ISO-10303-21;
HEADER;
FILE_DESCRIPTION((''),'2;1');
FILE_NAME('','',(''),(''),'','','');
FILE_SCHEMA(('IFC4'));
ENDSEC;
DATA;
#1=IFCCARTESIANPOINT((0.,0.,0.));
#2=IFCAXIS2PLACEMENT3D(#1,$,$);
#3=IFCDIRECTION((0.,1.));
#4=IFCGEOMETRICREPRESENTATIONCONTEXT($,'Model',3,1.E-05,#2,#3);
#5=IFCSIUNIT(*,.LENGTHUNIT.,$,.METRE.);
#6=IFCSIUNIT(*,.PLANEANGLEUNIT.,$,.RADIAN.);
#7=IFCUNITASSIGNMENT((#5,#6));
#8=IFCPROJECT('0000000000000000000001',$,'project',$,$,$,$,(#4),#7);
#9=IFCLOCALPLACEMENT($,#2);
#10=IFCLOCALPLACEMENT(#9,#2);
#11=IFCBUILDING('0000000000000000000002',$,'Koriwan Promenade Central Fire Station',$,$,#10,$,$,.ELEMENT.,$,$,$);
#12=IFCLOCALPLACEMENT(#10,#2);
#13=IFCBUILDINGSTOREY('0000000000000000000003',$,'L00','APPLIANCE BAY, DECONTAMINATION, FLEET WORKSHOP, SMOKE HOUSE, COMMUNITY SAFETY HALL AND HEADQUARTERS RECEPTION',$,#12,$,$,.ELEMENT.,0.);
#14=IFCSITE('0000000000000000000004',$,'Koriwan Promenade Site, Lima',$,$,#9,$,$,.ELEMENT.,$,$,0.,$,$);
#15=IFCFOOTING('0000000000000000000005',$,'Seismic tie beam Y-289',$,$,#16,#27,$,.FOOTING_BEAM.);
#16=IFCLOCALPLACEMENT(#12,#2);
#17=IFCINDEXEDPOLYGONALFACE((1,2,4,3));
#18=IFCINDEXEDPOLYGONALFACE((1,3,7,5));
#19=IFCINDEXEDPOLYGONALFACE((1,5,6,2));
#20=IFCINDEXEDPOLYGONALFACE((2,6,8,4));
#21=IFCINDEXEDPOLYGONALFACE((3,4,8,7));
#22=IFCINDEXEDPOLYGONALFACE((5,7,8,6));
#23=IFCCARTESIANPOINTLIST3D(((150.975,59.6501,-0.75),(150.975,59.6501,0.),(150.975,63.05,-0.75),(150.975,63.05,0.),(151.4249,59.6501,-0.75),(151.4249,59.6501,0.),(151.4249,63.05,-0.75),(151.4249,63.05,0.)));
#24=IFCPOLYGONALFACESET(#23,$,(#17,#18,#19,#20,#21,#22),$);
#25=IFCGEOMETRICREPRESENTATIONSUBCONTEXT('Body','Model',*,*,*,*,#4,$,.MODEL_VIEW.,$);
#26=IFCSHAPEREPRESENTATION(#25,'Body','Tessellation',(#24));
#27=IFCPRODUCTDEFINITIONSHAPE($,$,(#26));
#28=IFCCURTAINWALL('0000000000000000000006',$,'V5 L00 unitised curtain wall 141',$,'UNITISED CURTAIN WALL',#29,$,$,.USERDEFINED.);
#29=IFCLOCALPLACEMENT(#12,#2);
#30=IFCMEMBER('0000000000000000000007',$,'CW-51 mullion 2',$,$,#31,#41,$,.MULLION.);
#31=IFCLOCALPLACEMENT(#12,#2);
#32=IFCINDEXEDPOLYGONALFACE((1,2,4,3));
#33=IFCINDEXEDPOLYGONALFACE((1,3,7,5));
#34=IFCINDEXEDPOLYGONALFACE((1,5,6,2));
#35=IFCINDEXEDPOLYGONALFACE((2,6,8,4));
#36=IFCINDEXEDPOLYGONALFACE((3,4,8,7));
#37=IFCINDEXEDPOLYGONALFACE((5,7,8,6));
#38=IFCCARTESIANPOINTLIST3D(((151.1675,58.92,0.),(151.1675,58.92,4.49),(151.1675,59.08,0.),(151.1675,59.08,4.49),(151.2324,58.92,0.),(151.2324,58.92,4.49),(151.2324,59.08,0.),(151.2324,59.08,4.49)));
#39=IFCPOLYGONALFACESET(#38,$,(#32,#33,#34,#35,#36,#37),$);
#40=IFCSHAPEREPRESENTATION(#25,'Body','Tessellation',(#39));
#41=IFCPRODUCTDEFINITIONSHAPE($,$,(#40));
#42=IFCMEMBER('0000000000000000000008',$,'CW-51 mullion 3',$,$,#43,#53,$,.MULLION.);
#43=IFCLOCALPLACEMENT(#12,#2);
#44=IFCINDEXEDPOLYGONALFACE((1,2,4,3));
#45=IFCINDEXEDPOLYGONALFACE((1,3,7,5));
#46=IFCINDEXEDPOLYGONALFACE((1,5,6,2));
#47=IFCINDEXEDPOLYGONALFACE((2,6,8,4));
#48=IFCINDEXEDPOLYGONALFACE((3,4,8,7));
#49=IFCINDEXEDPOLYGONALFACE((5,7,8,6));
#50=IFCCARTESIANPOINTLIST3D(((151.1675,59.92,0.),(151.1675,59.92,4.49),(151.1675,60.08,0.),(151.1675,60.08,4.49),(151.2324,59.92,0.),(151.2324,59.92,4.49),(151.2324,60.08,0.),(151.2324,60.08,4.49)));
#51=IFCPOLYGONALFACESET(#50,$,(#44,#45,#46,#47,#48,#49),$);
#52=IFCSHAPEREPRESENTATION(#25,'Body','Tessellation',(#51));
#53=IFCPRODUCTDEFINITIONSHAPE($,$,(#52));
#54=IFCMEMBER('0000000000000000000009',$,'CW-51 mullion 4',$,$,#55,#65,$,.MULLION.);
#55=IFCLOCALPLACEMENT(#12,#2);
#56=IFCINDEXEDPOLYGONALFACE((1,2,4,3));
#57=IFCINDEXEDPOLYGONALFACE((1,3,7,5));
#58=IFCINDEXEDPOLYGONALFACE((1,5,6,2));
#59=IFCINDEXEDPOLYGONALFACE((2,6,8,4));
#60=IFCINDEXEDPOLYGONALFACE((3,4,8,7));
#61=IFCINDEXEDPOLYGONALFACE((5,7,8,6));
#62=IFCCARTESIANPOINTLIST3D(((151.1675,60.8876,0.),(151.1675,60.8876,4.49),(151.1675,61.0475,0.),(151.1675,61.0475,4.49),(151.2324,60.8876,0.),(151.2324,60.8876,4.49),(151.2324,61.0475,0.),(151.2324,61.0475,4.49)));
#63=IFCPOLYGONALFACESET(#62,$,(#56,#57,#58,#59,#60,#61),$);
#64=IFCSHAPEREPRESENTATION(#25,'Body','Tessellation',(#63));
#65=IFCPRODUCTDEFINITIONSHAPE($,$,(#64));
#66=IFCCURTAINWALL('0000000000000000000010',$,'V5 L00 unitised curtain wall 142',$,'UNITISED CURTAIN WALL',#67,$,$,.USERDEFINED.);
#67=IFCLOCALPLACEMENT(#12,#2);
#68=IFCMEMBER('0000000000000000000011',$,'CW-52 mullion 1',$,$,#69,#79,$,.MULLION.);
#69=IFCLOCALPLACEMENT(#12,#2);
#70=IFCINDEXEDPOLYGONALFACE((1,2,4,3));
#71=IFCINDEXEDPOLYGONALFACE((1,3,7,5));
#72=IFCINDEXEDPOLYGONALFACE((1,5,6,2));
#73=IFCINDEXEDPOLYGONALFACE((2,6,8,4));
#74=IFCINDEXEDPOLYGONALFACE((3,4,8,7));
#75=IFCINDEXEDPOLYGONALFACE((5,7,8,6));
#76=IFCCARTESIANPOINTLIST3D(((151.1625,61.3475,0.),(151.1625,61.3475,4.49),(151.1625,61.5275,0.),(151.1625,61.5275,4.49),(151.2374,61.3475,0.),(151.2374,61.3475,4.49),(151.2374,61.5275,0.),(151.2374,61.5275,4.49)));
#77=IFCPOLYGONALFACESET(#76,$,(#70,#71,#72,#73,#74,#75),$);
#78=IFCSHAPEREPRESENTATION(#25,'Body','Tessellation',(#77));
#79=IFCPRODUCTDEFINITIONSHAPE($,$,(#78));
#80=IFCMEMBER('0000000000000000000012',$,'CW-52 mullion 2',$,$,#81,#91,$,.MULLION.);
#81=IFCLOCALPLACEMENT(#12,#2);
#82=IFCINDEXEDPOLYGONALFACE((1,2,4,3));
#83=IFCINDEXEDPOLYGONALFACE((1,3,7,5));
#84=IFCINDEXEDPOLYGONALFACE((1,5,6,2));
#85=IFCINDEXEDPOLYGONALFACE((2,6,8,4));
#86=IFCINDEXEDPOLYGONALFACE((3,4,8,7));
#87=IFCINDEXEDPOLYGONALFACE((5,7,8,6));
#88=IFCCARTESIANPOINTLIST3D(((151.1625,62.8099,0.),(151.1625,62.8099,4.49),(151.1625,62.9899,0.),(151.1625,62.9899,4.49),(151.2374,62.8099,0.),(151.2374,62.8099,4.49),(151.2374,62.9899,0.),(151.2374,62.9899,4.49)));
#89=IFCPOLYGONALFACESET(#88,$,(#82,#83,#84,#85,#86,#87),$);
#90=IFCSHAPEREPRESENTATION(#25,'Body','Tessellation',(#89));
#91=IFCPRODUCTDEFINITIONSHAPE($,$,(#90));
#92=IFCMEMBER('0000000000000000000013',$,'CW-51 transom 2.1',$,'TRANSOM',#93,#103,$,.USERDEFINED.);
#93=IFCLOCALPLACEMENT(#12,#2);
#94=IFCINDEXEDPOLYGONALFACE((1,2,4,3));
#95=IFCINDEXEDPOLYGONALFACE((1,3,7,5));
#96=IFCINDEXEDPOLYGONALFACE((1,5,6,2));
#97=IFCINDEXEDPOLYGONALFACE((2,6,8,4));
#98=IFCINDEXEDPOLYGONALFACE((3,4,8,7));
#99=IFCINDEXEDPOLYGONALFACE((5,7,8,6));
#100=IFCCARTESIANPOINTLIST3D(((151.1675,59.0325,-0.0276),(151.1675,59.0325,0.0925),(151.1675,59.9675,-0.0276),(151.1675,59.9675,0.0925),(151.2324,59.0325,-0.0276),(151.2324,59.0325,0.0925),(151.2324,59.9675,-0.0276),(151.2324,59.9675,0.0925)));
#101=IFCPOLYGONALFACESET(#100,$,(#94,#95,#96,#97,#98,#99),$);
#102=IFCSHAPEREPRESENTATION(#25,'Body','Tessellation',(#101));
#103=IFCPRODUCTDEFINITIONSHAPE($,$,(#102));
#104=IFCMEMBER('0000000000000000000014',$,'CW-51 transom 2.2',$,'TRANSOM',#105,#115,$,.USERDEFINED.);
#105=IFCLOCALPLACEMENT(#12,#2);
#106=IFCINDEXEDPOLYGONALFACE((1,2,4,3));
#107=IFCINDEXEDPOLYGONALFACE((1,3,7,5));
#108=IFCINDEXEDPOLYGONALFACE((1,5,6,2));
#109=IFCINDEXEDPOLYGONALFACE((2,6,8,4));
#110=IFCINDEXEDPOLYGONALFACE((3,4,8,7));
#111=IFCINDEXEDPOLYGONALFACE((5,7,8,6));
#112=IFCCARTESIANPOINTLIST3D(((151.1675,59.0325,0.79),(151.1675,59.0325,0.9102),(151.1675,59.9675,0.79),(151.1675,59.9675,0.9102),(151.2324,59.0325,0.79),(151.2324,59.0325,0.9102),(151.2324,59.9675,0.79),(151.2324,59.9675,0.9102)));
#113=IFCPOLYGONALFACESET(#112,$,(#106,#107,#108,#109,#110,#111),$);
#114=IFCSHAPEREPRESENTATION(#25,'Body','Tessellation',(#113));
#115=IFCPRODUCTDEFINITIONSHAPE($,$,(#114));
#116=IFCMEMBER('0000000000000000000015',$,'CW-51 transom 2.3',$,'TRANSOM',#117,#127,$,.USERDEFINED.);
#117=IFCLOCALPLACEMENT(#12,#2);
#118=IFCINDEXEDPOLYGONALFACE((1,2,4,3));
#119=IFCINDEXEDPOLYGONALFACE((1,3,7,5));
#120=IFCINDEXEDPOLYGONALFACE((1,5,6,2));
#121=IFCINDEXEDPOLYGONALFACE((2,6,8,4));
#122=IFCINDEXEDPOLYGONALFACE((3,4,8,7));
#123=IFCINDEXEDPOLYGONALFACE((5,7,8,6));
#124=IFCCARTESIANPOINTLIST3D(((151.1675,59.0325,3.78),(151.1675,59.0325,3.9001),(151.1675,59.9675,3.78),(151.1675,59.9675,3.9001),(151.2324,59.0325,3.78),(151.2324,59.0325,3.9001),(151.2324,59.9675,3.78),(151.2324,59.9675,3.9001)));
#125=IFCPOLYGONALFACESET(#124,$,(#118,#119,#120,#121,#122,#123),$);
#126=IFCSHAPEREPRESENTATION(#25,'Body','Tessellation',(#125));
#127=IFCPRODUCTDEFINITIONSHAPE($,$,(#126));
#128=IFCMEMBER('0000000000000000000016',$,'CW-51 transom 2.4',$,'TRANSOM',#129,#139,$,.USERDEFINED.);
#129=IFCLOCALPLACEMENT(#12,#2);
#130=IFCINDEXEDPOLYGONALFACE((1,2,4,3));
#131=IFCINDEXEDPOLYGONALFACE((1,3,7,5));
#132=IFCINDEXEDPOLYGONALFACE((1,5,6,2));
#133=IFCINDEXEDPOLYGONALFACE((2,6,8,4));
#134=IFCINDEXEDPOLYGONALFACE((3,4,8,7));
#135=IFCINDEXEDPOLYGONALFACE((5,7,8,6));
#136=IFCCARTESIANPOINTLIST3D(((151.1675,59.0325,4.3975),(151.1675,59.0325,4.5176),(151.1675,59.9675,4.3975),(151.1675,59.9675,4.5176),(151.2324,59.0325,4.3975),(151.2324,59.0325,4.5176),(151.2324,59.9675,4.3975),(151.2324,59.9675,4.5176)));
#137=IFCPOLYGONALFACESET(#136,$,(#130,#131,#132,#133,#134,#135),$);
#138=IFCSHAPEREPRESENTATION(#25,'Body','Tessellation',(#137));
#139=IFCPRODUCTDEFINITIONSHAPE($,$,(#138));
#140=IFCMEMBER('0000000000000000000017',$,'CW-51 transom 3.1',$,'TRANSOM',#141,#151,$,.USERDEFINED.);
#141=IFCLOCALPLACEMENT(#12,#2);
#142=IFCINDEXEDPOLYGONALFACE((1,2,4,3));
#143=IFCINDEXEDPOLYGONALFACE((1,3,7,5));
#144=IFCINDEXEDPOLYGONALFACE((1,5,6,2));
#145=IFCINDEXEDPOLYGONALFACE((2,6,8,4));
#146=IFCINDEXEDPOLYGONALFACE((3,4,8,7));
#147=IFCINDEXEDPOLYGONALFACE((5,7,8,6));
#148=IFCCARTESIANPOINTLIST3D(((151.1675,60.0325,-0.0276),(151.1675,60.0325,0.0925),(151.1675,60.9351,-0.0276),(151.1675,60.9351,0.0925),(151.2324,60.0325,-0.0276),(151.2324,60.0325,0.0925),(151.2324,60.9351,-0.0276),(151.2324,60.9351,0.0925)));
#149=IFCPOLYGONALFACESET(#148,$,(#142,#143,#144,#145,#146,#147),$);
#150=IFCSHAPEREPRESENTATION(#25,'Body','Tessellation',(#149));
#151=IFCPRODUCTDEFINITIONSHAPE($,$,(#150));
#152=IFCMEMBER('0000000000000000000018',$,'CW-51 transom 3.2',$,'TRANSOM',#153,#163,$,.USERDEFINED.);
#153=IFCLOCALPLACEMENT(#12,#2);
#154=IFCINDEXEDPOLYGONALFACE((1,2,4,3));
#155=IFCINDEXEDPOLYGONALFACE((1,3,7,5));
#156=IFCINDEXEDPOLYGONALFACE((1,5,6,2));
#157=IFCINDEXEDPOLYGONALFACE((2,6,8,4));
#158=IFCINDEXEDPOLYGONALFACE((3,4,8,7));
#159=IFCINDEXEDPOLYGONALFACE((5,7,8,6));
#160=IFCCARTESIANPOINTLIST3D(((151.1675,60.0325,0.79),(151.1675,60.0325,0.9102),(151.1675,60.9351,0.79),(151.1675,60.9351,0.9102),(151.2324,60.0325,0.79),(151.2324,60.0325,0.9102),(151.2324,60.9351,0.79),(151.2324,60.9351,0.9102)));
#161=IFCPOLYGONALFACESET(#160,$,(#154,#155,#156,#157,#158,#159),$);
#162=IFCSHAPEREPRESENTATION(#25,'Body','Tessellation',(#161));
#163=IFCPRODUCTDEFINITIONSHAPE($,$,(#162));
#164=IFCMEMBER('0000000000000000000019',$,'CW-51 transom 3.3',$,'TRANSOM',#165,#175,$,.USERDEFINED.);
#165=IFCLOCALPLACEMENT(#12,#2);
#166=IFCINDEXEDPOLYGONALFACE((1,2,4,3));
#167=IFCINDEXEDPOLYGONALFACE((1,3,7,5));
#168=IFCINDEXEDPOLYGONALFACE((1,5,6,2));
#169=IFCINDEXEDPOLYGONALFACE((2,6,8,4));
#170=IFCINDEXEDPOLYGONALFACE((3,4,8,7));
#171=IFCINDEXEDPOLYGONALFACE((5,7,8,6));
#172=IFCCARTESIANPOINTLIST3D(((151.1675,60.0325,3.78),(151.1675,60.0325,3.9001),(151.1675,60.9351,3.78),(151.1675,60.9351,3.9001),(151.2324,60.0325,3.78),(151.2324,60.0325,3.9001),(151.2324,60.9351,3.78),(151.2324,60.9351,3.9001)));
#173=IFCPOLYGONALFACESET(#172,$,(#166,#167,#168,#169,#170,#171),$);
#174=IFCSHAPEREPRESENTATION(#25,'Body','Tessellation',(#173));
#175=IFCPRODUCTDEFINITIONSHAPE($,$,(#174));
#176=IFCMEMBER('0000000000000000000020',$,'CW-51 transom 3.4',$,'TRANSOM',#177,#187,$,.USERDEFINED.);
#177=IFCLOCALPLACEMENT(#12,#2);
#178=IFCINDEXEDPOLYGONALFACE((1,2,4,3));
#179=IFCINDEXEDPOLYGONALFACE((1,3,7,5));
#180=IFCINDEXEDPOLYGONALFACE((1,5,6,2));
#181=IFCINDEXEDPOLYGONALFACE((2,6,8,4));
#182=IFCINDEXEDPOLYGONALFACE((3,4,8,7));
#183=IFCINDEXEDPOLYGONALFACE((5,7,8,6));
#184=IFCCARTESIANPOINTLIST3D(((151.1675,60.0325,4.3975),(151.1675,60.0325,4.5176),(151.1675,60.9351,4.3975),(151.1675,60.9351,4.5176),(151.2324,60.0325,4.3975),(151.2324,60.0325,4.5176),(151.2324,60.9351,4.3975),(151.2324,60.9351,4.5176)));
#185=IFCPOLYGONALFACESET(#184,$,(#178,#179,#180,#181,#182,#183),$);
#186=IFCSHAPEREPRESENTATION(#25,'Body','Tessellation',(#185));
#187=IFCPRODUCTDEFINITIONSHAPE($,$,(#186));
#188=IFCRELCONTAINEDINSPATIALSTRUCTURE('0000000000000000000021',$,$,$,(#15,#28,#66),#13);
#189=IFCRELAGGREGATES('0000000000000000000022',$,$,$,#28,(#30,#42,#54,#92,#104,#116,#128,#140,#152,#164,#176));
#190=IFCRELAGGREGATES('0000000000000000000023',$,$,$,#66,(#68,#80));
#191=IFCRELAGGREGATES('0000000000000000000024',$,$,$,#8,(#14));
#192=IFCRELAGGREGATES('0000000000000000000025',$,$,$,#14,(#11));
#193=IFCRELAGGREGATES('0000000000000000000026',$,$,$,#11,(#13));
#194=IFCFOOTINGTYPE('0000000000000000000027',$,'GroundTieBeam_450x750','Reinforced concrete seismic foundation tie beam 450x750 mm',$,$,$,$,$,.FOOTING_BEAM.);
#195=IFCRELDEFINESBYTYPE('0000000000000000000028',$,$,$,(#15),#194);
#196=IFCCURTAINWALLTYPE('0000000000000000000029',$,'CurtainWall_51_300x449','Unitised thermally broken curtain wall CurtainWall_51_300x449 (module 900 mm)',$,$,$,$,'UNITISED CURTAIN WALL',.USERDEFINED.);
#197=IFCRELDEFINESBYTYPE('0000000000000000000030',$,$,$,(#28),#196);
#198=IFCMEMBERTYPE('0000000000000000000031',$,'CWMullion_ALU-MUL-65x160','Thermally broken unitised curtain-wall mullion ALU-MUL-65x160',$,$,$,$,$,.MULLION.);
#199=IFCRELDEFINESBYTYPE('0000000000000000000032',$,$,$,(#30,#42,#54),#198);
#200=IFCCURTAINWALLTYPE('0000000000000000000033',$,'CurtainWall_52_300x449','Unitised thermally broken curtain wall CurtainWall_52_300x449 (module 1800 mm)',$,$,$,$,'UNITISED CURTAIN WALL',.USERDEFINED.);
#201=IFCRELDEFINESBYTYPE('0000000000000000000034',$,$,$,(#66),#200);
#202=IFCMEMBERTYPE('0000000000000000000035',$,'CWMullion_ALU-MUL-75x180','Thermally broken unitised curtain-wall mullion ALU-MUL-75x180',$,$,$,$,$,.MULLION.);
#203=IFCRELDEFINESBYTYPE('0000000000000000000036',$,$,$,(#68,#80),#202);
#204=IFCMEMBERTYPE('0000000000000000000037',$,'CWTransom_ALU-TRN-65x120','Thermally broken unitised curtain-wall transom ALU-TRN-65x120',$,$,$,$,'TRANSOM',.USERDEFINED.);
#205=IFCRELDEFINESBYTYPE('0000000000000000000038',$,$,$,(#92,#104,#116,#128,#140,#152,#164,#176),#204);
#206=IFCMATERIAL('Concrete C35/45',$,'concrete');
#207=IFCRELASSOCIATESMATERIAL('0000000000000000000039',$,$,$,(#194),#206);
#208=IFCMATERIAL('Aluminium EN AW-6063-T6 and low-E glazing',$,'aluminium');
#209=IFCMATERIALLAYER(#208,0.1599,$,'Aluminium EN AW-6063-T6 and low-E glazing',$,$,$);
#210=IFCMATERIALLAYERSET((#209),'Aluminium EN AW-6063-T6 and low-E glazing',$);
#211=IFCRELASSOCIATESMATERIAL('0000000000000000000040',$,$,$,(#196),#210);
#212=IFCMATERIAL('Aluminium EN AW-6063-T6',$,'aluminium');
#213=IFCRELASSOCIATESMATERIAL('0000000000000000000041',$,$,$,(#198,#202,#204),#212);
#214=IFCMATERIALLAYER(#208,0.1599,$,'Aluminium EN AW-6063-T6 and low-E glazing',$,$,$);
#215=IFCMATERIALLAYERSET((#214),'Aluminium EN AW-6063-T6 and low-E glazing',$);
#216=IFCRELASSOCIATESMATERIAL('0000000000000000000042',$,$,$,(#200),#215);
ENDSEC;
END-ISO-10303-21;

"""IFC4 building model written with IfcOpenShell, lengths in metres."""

from ifc_helpers import new_model, si_unit, direction, frame, origin, origin_2d, place, context, subcontext, project, spatial, rectangle, extrude, material, layer, layer_set, material_profile, profile_set, type_object, element, aggregate, save


model = new_model("IFC4")

# Units and contexts
model_context = context("Model", 3, precision=1e-05, world=origin(), true_north=direction((0.0, 1.0)))
body_context = subcontext(model_context, "Body", "Model", "MODEL_VIEW")
ifc_project = project(units=[si_unit("LENGTHUNIT", "METRE"), si_unit("PLANEANGLEUNIT", "RADIAN")], contexts=[model_context])

# Site, building, storey
site_placement = place(None, origin())
site = spatial("IfcSite", under=ifc_project, at=site_placement, Name="Koriwan Promenade Site, Lima", CompositionType="ELEMENT", RefElevation=0.0)
building_placement = place(site_placement, origin())
building = spatial("IfcBuilding", under=site, at=building_placement, Name="Koriwan Promenade Central Fire Station", CompositionType="ELEMENT")
storey_placement = place(building_placement, origin())
storey = spatial("IfcBuildingStorey", under=building, at=storey_placement, Name="L00", Description="APPLIANCE BAY, DECONTAMINATION, FLEET WORKSHOP, SMOKE HOUSE, COMMUNITY SAFETY HALL AND HEADQUARTERS RECEPTION", CompositionType="ELEMENT", Elevation=0.0)

# Footing
ifc_material_1 = material(Name="Concrete C35/45", Category="concrete")
footing_type = type_object("IfcFootingType", Name="GroundTieBeam_450x750", Description="Reinforced concrete seismic foundation tie beam 450x750 mm", PredefinedType="FOOTING_BEAM", material=ifc_material_1)
footing_placement = place(storey_placement, frame((151.2, 61.3501, -0.75), z_axis=(0.0, 0.0, 1.0), x_axis=(0.0, 1.0, 0.0)))
element("IfcFooting", 1, at=footing_placement, inside=storey, type_object=footing_type, Name="Seismic tie beam Y-289", PredefinedType="FOOTING_BEAM", context=body_context, shape_type="SweptSolid", body=[
    extrude(rectangle(XDim=3.3999, YDim=0.45, at=origin_2d()), origin(), (0.0, 0.0, 1.0), 0.75),
])

# Curtain walls, members
ifc_material_2 = material(Name="Aluminium EN AW-6063-T6 and low-E glazing", Category="aluminium")
ifc_layer_1 = layer(ifc_material_2, 0.1599, Name="Aluminium EN AW-6063-T6 and low-E glazing")
ifc_layer_set_1 = layer_set([ifc_layer_1], Name="Aluminium EN AW-6063-T6 and low-E glazing")
curtain_wall_type_1 = type_object("IfcCurtainWallType", Name="CurtainWall_51_300x449", Description="Unitised thermally broken curtain wall CurtainWall_51_300x449 (module 900 mm)", ElementType="UNITISED CURTAIN WALL", PredefinedType="USERDEFINED", material=ifc_layer_set_1)
curtain_wall_1_placement = place(storey_placement, origin())
curtain_wall_1 = element("IfcCurtainWall", 2, at=curtain_wall_1_placement, inside=storey, type_object=curtain_wall_type_1, Name="V5 L00 unitised curtain wall 141", ObjectType="UNITISED CURTAIN WALL", PredefinedType="USERDEFINED")
ifc_material_3 = material(Name="Aluminium EN AW-6063-T6", Category="aluminium")
ifc_material_profile_1 = material_profile(ifc_material_3, rectangle(XDim=0.0649, YDim=0.1599, at=origin_2d()), Name="ALU-MUL-65x160")
ifc_profile_set_1 = profile_set([ifc_material_profile_1], Name="Aluminium EN AW-6063-T6")
member_type_1 = type_object("IfcMemberType", Name="CWMullion_ALU-MUL-65x160", Description="Thermally broken unitised curtain-wall mullion ALU-MUL-65x160", PredefinedType="MULLION", material=ifc_profile_set_1)
member_1_placement = place(storey_placement, frame((151.2, 59.0, 0.0), z_axis=(0.0, 0.0, 1.0), x_axis=(-1.0, 0.0, 0.0)))
member_1 = element("IfcMember", 3, at=member_1_placement, type_object=member_type_1, Name="CW-51 mullion 2", PredefinedType="MULLION", context=body_context, shape_type="SweptSolid", body=[
    extrude(rectangle(XDim=0.0649, YDim=0.1599, at=origin_2d()), origin(), (0.0, 0.0, 1.0), 4.49),
])
member_2_placement = place(storey_placement, frame((151.2, 60.0, 0.0), z_axis=(0.0, 0.0, 1.0), x_axis=(-1.0, 0.0, 0.0)))
member_2 = element("IfcMember", 4, at=member_2_placement, type_object=member_type_1, Name="CW-51 mullion 3", PredefinedType="MULLION", context=body_context, shape_type="SweptSolid", body=[
    extrude(rectangle(XDim=0.0649, YDim=0.1599, at=origin_2d()), origin(), (0.0, 0.0, 1.0), 4.49),
])
member_3_placement = place(storey_placement, frame((151.2, 60.9675, 0.0), z_axis=(0.0, 0.0, 1.0), x_axis=(-1.0, 0.0, 0.0)))
member_3 = element("IfcMember", 5, at=member_3_placement, type_object=member_type_1, Name="CW-51 mullion 4", PredefinedType="MULLION", context=body_context, shape_type="SweptSolid", body=[
    extrude(rectangle(XDim=0.0649, YDim=0.1599, at=origin_2d()), origin(), (0.0, 0.0, 1.0), 4.49),
])
ifc_layer_2 = layer(ifc_material_2, 0.1599, Name="Aluminium EN AW-6063-T6 and low-E glazing")
ifc_layer_set_2 = layer_set([ifc_layer_2], Name="Aluminium EN AW-6063-T6 and low-E glazing")
curtain_wall_type_2 = type_object("IfcCurtainWallType", Name="CurtainWall_52_300x449", Description="Unitised thermally broken curtain wall CurtainWall_52_300x449 (module 1800 mm)", ElementType="UNITISED CURTAIN WALL", PredefinedType="USERDEFINED", material=ifc_layer_set_2)
curtain_wall_2_placement = place(storey_placement, origin())
curtain_wall_2 = element("IfcCurtainWall", 6, at=curtain_wall_2_placement, inside=storey, type_object=curtain_wall_type_2, Name="V5 L00 unitised curtain wall 142", ObjectType="UNITISED CURTAIN WALL", PredefinedType="USERDEFINED")
ifc_material_profile_2 = material_profile(ifc_material_3, rectangle(XDim=0.075, YDim=0.1799, at=origin_2d()), Name="ALU-MUL-75x180")
ifc_profile_set_2 = profile_set([ifc_material_profile_2], Name="Aluminium EN AW-6063-T6")
member_type_2 = type_object("IfcMemberType", Name="CWMullion_ALU-MUL-75x180", Description="Thermally broken unitised curtain-wall mullion ALU-MUL-75x180", PredefinedType="MULLION", material=ifc_profile_set_2)
member_4_placement = place(storey_placement, frame((151.2, 61.4375, 0.0), z_axis=(0.0, 0.0, 1.0), x_axis=(-1.0, 0.0, 0.0)))
member_4 = element("IfcMember", 7, at=member_4_placement, type_object=member_type_2, Name="CW-52 mullion 1", PredefinedType="MULLION", context=body_context, shape_type="SweptSolid", body=[
    extrude(rectangle(XDim=0.075, YDim=0.1799, at=origin_2d()), origin(), (0.0, 0.0, 1.0), 4.49),
])
member_5_placement = place(storey_placement, frame((151.2, 62.8999, 0.0), z_axis=(0.0, 0.0, 1.0), x_axis=(-1.0, 0.0, 0.0)))
member_5 = element("IfcMember", 8, at=member_5_placement, type_object=member_type_2, Name="CW-52 mullion 2", PredefinedType="MULLION", context=body_context, shape_type="SweptSolid", body=[
    extrude(rectangle(XDim=0.075, YDim=0.1799, at=origin_2d()), origin(), (0.0, 0.0, 1.0), 4.49),
])

# Members
ifc_material_profile_3 = material_profile(ifc_material_3, rectangle(XDim=0.0649, YDim=0.1201, at=origin_2d()), Name="ALU-TRN-65x120")
ifc_profile_set_3 = profile_set([ifc_material_profile_3], Name="Aluminium EN AW-6063-T6")
member_type_3 = type_object("IfcMemberType", Name="CWTransom_ALU-TRN-65x120", Description="Thermally broken unitised curtain-wall transom ALU-TRN-65x120", ElementType="TRANSOM", PredefinedType="USERDEFINED", material=ifc_profile_set_3)
member_6_placement = place(storey_placement, frame((151.2, 59.0325, 0.0325), z_axis=(0.0, 1.0, 0.0), x_axis=(-1.0, 0.0, 0.0)))
member_6 = element("IfcMember", 9, at=member_6_placement, type_object=member_type_3, Name="CW-51 transom 2.1", ObjectType="TRANSOM", PredefinedType="USERDEFINED", context=body_context, shape_type="SweptSolid", body=[
    extrude(rectangle(XDim=0.0649, YDim=0.1201, at=origin_2d()), origin(), (0.0, 0.0, 1.0), 0.9351),
])
member_7_placement = place(storey_placement, frame((151.2, 59.0325, 0.8501), z_axis=(0.0, 1.0, 0.0), x_axis=(-1.0, 0.0, 0.0)))
member_7 = element("IfcMember", 10, at=member_7_placement, type_object=member_type_3, Name="CW-51 transom 2.2", ObjectType="TRANSOM", PredefinedType="USERDEFINED", context=body_context, shape_type="SweptSolid", body=[
    extrude(rectangle(XDim=0.0649, YDim=0.1201, at=origin_2d()), origin(), (0.0, 0.0, 1.0), 0.9351),
])
member_8_placement = place(storey_placement, frame((151.2, 59.0325, 3.8401), z_axis=(0.0, 1.0, 0.0), x_axis=(-1.0, 0.0, 0.0)))
member_8 = element("IfcMember", 11, at=member_8_placement, type_object=member_type_3, Name="CW-51 transom 2.3", ObjectType="TRANSOM", PredefinedType="USERDEFINED", context=body_context, shape_type="SweptSolid", body=[
    extrude(rectangle(XDim=0.0649, YDim=0.1201, at=origin_2d()), origin(), (0.0, 0.0, 1.0), 0.9351),
])
member_9_placement = place(storey_placement, frame((151.2, 59.0325, 4.4575), z_axis=(0.0, 1.0, 0.0), x_axis=(-1.0, 0.0, 0.0)))
member_9 = element("IfcMember", 12, at=member_9_placement, type_object=member_type_3, Name="CW-51 transom 2.4", ObjectType="TRANSOM", PredefinedType="USERDEFINED", context=body_context, shape_type="SweptSolid", body=[
    extrude(rectangle(XDim=0.0649, YDim=0.1201, at=origin_2d()), origin(), (0.0, 0.0, 1.0), 0.9351),
])
member_10_placement = place(storey_placement, frame((151.2, 60.0325, 0.0325), z_axis=(0.0, 1.0, 0.0), x_axis=(-1.0, 0.0, 0.0)))
member_10 = element("IfcMember", 13, at=member_10_placement, type_object=member_type_3, Name="CW-51 transom 3.1", ObjectType="TRANSOM", PredefinedType="USERDEFINED", context=body_context, shape_type="SweptSolid", body=[
    extrude(rectangle(XDim=0.0649, YDim=0.1201, at=origin_2d()), origin(), (0.0, 0.0, 1.0), 0.9026),
])
member_11_placement = place(storey_placement, frame((151.2, 60.0325, 0.8501), z_axis=(0.0, 1.0, 0.0), x_axis=(-1.0, 0.0, 0.0)))
member_11 = element("IfcMember", 14, at=member_11_placement, type_object=member_type_3, Name="CW-51 transom 3.2", ObjectType="TRANSOM", PredefinedType="USERDEFINED", context=body_context, shape_type="SweptSolid", body=[
    extrude(rectangle(XDim=0.0649, YDim=0.1201, at=origin_2d()), origin(), (0.0, 0.0, 1.0), 0.9026),
])
member_12_placement = place(storey_placement, frame((151.2, 60.0325, 3.8401), z_axis=(0.0, 1.0, 0.0), x_axis=(-1.0, 0.0, 0.0)))
member_12 = element("IfcMember", 15, at=member_12_placement, type_object=member_type_3, Name="CW-51 transom 3.3", ObjectType="TRANSOM", PredefinedType="USERDEFINED", context=body_context, shape_type="SweptSolid", body=[
    extrude(rectangle(XDim=0.0649, YDim=0.1201, at=origin_2d()), origin(), (0.0, 0.0, 1.0), 0.9026),
])
member_13_placement = place(storey_placement, frame((151.2, 60.0325, 4.4575), z_axis=(0.0, 1.0, 0.0), x_axis=(-1.0, 0.0, 0.0)))
member_13 = element("IfcMember", 16, at=member_13_placement, type_object=member_type_3, Name="CW-51 transom 3.4", ObjectType="TRANSOM", PredefinedType="USERDEFINED", context=body_context, shape_type="SweptSolid", body=[
    extrude(rectangle(XDim=0.0649, YDim=0.1201, at=origin_2d()), origin(), (0.0, 0.0, 1.0), 0.9026),
])

aggregate(curtain_wall_1, [member_1, member_2, member_3, member_6, member_7, member_8, member_9, member_10, member_11, member_12, member_13])
aggregate(curtain_wall_2, [member_4, member_5])

save(model, "model.ifc")
